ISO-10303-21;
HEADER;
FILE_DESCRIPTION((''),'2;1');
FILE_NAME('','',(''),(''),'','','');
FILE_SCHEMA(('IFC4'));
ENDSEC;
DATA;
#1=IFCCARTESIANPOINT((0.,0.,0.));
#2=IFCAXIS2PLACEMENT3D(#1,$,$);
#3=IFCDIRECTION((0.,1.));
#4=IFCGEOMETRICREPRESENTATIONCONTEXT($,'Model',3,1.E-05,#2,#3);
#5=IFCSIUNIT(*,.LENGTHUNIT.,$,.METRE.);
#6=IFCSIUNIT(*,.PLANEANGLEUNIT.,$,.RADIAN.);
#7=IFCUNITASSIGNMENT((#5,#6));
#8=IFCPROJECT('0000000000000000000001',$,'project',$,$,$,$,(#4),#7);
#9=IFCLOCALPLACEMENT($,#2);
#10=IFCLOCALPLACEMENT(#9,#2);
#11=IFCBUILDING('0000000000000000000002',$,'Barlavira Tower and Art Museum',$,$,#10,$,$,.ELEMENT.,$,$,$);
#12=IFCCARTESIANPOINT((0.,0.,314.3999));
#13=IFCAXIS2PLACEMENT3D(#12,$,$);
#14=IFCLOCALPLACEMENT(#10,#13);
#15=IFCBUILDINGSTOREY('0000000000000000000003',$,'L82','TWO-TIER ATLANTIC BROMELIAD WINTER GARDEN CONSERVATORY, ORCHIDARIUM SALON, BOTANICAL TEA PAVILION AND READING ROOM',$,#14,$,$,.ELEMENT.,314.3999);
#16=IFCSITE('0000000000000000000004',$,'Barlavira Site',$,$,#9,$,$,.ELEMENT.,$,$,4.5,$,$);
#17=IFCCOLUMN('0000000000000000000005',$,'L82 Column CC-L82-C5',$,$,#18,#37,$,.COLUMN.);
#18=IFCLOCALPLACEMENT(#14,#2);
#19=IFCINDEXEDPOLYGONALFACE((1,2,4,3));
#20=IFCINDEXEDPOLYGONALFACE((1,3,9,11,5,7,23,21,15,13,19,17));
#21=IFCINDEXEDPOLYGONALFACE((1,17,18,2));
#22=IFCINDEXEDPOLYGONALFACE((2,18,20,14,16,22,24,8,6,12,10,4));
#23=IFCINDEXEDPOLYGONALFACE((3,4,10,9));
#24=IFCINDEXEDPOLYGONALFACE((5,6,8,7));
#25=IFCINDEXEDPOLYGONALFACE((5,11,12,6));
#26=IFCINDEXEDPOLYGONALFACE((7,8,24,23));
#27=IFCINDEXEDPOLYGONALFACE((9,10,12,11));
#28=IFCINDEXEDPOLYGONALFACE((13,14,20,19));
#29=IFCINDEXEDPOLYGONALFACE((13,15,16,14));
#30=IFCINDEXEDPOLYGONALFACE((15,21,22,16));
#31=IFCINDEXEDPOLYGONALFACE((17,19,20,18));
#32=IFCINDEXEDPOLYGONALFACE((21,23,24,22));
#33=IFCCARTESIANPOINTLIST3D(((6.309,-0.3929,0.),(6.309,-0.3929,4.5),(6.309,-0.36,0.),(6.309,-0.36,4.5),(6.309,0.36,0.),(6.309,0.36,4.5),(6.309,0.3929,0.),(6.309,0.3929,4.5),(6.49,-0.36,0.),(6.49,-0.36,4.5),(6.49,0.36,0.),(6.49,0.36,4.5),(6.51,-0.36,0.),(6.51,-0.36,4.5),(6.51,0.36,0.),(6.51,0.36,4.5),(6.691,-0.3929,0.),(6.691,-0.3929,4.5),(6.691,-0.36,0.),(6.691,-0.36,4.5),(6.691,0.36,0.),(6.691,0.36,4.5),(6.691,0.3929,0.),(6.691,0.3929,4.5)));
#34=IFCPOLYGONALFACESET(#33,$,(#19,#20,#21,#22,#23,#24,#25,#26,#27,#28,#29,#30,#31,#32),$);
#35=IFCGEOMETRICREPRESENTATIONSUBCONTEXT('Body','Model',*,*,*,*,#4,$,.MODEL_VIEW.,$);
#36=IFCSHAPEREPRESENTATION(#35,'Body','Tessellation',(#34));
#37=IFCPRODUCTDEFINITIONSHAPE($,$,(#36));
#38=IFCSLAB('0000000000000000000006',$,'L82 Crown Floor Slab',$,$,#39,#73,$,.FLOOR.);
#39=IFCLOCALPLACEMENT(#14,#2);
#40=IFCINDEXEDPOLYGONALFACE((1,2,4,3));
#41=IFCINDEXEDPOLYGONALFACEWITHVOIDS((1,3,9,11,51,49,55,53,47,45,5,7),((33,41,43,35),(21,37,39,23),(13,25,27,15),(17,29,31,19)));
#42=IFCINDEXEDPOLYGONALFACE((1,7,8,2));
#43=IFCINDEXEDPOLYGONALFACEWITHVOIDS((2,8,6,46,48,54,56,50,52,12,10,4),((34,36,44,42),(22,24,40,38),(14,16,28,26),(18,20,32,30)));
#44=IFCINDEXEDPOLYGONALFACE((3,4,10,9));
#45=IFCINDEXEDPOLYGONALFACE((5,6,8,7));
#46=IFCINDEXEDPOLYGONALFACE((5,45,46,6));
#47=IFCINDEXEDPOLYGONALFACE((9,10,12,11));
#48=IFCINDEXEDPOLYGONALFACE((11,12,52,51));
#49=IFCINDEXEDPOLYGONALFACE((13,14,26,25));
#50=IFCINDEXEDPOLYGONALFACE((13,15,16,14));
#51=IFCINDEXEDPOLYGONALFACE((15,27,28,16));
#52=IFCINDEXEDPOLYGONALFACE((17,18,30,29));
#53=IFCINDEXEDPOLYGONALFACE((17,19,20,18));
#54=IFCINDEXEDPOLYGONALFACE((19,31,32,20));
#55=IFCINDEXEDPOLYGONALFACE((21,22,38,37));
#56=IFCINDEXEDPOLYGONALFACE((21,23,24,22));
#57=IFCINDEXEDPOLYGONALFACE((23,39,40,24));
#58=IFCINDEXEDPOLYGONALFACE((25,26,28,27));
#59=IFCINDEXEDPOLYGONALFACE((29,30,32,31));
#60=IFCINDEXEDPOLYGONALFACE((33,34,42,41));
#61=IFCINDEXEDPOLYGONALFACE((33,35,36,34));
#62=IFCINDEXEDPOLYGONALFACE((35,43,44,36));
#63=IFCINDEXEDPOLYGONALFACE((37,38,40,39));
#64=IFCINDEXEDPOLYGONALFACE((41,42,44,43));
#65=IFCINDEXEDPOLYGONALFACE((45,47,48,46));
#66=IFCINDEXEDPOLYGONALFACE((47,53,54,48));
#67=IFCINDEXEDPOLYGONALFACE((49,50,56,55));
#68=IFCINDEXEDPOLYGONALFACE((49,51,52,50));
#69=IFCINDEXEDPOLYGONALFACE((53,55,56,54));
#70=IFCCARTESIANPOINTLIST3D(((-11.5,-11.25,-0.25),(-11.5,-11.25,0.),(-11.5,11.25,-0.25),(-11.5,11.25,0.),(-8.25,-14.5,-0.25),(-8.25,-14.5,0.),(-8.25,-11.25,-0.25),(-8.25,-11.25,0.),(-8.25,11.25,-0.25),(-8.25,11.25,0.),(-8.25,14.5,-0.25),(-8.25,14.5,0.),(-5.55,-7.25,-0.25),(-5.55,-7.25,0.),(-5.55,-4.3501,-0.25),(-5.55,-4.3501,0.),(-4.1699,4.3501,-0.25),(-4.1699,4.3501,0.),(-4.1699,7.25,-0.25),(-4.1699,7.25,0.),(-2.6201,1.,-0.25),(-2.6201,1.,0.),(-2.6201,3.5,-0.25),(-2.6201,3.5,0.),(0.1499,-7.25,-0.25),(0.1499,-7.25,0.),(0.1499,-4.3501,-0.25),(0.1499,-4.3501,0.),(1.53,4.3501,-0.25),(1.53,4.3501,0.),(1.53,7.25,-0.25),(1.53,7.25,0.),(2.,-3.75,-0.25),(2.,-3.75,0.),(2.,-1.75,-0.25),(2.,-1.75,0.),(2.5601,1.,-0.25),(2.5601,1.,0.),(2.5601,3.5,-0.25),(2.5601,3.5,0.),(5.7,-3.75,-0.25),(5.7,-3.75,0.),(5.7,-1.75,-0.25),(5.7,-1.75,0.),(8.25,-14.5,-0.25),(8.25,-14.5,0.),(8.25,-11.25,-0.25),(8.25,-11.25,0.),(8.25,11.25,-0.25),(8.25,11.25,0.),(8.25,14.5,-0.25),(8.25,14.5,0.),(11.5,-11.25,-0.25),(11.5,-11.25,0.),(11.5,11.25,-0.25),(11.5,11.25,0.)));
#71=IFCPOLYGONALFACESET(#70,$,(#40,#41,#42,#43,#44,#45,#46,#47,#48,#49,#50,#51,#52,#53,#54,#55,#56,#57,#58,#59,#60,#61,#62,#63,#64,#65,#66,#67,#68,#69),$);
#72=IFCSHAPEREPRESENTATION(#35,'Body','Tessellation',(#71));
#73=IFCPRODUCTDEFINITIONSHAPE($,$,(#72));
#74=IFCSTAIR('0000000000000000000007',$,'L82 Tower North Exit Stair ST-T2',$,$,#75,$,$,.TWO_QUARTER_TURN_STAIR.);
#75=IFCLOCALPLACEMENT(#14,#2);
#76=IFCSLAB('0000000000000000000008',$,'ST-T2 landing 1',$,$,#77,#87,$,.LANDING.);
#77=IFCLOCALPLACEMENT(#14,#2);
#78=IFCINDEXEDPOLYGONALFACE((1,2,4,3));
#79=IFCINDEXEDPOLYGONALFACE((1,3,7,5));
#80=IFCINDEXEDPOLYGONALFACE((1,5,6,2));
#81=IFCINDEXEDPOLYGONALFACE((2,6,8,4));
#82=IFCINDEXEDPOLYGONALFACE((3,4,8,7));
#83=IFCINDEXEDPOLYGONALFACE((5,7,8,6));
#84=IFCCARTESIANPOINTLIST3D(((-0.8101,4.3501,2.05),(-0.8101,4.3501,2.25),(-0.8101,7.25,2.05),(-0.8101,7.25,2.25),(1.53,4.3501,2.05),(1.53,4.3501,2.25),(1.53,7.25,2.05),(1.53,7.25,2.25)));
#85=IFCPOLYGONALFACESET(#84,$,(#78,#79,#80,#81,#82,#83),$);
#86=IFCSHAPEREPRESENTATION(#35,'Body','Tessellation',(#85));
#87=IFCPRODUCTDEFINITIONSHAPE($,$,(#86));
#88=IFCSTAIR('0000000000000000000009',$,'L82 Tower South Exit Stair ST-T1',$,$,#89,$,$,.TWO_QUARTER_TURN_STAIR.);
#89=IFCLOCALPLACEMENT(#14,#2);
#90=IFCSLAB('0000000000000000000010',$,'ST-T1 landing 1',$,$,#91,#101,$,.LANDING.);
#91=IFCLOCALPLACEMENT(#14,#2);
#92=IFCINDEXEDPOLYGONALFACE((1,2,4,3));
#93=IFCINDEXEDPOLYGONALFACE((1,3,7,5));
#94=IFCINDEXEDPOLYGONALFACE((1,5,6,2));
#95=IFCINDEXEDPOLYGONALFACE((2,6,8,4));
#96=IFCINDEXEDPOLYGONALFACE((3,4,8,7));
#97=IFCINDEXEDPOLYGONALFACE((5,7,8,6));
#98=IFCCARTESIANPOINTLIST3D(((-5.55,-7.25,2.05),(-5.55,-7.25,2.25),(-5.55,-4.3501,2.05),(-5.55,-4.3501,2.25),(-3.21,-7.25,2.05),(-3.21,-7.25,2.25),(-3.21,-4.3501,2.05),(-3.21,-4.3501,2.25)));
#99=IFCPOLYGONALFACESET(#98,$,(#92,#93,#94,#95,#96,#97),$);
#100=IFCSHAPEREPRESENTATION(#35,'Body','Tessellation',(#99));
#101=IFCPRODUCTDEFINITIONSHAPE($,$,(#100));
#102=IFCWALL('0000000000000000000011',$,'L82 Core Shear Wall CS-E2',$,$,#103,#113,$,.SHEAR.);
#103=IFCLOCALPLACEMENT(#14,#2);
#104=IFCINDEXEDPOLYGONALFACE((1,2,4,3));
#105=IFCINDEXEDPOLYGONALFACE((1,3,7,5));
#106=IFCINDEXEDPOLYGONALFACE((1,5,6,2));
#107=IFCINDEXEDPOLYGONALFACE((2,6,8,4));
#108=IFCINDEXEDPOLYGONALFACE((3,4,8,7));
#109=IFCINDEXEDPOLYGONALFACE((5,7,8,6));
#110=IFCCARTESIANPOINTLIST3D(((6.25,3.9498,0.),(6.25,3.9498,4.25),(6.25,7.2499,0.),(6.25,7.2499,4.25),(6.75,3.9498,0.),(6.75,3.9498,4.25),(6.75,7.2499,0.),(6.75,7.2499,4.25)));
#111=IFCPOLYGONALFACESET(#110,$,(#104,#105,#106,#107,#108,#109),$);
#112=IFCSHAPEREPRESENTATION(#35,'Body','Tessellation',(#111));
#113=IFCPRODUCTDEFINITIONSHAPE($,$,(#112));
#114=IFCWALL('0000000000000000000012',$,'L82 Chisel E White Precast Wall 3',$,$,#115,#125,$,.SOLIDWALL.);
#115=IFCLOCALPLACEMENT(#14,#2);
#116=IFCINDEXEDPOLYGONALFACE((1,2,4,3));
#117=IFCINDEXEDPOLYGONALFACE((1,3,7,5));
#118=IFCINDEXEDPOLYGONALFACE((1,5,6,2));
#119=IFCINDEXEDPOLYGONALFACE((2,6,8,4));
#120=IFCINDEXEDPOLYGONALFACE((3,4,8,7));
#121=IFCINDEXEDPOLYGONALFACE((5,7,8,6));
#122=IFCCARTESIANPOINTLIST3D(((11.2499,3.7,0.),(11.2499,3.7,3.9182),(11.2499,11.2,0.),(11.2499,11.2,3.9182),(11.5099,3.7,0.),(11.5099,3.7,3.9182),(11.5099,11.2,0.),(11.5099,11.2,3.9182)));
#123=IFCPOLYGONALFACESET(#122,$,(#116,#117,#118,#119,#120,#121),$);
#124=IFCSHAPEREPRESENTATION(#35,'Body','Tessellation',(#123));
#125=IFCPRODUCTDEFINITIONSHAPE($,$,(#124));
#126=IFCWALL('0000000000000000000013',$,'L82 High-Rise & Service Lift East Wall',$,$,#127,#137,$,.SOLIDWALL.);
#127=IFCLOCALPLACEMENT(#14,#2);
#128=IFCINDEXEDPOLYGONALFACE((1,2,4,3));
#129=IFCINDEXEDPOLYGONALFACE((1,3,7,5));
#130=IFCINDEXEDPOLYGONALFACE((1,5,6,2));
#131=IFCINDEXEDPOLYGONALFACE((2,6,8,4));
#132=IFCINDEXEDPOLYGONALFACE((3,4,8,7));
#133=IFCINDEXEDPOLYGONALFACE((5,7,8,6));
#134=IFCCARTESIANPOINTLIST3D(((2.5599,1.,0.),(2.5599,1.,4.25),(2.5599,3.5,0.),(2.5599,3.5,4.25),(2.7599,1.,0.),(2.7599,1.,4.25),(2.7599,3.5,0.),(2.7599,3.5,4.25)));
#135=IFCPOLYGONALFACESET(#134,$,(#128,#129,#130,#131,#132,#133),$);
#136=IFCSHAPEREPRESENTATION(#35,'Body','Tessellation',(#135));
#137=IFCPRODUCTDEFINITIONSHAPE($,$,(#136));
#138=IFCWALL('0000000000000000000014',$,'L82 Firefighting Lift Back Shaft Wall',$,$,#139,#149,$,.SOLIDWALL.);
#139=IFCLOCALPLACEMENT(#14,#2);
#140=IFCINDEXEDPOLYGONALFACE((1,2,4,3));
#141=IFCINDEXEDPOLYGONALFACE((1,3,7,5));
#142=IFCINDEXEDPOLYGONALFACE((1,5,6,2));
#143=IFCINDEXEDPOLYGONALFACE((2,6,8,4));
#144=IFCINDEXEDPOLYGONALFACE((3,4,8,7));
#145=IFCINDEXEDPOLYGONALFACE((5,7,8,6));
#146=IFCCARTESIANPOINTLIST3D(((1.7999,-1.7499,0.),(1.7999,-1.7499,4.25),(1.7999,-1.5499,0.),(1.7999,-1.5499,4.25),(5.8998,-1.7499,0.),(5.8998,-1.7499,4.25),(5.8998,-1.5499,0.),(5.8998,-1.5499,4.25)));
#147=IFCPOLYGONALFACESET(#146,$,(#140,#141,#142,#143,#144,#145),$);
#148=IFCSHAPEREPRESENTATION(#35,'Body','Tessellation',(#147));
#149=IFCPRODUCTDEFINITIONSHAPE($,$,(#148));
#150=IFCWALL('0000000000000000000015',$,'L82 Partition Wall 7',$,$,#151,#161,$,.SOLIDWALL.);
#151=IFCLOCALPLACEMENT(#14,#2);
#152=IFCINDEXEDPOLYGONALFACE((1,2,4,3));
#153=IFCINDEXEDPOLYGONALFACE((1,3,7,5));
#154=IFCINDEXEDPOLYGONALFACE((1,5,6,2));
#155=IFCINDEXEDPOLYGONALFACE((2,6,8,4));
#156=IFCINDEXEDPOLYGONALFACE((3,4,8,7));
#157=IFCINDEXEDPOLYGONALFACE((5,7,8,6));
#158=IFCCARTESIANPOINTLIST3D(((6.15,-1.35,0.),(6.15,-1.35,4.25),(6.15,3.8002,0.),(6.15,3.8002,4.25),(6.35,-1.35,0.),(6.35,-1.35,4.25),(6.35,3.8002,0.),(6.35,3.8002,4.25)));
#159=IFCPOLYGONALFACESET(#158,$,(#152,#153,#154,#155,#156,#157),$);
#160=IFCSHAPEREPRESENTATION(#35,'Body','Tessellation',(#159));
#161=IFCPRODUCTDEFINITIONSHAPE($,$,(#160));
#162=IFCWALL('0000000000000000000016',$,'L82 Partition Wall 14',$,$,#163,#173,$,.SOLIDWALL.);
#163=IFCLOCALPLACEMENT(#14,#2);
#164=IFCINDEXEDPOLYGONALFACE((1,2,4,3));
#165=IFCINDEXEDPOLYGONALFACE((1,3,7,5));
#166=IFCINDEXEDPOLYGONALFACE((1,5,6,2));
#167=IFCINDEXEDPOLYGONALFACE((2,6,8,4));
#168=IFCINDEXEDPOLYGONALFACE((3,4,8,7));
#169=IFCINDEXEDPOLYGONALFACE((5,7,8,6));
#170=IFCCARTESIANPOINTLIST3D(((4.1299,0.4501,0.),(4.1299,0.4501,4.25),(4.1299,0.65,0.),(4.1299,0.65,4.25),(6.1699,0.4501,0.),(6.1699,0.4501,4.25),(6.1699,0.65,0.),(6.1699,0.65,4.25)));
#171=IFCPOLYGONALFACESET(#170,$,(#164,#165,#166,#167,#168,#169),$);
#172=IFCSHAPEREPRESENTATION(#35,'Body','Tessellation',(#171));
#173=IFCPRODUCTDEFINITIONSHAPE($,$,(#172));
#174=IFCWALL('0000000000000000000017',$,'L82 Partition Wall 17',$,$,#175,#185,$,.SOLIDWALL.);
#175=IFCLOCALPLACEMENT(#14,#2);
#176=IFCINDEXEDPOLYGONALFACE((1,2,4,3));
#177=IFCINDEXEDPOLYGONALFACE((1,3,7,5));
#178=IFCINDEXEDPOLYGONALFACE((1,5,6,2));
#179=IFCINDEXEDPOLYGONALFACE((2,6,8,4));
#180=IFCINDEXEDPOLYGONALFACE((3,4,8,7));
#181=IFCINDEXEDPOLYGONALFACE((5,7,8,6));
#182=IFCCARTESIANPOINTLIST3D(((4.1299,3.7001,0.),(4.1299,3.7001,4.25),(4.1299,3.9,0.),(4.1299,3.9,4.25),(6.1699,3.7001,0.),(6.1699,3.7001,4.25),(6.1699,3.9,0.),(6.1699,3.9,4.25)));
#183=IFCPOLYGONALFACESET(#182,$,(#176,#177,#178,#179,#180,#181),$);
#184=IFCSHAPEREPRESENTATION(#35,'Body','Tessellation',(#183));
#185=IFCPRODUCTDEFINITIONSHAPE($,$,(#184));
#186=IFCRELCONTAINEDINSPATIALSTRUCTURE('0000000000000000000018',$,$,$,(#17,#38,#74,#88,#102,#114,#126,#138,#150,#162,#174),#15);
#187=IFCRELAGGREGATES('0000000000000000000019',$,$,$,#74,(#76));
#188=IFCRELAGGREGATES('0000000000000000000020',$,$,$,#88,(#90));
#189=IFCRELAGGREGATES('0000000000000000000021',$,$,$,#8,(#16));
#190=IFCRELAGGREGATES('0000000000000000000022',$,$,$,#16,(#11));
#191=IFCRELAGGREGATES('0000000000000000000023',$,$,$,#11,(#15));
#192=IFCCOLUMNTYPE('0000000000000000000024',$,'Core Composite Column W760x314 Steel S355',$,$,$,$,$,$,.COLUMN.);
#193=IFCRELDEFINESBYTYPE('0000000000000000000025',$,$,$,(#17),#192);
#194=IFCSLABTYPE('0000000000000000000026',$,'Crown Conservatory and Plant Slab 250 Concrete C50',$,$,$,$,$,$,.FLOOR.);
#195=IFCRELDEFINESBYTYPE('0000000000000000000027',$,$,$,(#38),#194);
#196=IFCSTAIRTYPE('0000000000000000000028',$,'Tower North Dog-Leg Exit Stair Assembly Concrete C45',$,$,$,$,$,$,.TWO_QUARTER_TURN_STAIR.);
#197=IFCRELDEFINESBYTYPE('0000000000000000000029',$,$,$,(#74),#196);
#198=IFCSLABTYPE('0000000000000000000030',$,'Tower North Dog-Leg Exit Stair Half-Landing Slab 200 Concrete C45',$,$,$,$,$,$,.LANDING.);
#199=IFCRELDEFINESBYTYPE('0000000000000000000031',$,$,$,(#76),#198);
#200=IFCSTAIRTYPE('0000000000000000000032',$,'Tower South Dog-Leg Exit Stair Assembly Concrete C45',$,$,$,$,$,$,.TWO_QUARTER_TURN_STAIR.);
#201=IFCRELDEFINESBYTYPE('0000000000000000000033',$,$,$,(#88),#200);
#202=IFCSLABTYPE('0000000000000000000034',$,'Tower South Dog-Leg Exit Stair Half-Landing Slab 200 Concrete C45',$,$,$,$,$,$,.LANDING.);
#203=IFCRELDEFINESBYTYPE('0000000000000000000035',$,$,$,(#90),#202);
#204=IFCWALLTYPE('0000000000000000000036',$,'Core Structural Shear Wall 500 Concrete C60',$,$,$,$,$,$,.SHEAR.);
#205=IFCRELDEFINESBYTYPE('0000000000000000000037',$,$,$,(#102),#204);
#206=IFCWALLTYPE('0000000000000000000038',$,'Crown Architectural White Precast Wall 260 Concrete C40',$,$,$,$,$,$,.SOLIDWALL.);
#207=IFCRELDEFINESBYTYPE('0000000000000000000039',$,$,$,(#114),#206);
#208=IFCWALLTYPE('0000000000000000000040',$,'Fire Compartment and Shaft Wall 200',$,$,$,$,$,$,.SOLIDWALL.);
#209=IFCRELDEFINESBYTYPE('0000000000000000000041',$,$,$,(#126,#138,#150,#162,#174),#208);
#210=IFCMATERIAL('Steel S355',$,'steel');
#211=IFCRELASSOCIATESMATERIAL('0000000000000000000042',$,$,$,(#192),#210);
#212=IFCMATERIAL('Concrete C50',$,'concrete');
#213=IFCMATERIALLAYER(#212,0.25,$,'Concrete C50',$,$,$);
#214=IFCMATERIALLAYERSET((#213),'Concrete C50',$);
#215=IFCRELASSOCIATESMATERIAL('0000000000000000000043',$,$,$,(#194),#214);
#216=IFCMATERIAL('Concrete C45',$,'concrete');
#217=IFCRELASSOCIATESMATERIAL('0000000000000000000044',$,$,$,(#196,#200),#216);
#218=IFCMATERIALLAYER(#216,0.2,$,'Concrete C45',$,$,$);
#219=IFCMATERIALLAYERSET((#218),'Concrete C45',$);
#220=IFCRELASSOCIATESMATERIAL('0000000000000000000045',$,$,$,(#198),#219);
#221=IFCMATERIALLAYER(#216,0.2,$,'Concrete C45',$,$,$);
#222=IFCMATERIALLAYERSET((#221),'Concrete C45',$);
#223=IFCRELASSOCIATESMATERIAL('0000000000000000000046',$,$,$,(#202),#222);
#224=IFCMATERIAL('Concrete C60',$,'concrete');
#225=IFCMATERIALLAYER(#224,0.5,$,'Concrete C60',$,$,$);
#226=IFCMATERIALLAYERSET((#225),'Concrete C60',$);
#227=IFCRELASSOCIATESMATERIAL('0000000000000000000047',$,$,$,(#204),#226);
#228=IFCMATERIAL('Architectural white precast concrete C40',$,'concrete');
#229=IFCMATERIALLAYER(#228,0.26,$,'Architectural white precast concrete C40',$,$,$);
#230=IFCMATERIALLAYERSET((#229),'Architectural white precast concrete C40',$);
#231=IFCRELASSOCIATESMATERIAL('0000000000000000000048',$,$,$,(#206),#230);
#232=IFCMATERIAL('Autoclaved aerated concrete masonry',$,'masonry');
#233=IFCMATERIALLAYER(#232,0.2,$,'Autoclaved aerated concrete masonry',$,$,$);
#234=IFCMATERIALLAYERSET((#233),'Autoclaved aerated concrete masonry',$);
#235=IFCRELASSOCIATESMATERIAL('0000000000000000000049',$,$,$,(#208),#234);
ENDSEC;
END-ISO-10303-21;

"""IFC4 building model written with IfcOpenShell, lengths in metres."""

from ifc_helpers import new_model, si_unit, direction, frame, frame_2d, origin, origin_2d, place, context, subcontext, project, spatial, polyline, rectangle, i_section, outline, extrude, material, layer, layer_set, material_profile, profile_set, type_object, element, aggregate, save


model = new_model("IFC4")

# Units and contexts
model_context = context("Model", 3, precision=1e-05, world=origin(), true_north=direction((0.0, 1.0)))
body_context = subcontext(model_context, "Body", "Model", "MODEL_VIEW")
ifc_project = project(units=[si_unit("LENGTHUNIT", "METRE"), si_unit("PLANEANGLEUNIT", "RADIAN")], contexts=[model_context])

# Site, building, storey
site_placement = place(None, origin())
site = spatial("IfcSite", under=ifc_project, at=site_placement, Name="Barlavira Site", CompositionType="ELEMENT", RefElevation=4.5)
building_placement = place(site_placement, origin())
building = spatial("IfcBuilding", under=site, at=building_placement, Name="Barlavira Tower and Art Museum", CompositionType="ELEMENT")
storey_placement = place(building_placement, frame((0.0, 0.0, 314.3999)))
storey = spatial("IfcBuildingStorey", under=building, at=storey_placement, Name="L82", Description="TWO-TIER ATLANTIC BROMELIAD WINTER GARDEN CONSERVATORY, ORCHIDARIUM SALON, BOTANICAL TEA PAVILION AND READING ROOM", CompositionType="ELEMENT", Elevation=314.3999)

# Column
ifc_material_1 = material(Name="Steel S355", Category="steel")
ifc_material_profile = material_profile(ifc_material_1, i_section(OverallWidth=0.3821, OverallDepth=0.7859, WebThickness=0.02, FlangeThickness=0.033, at=origin_2d()), Name="W760x314.0")
ifc_profile_set = profile_set([ifc_material_profile], Name="Steel S355")
column_type = type_object("IfcColumnType", Name="Core Composite Column W760x314 Steel S355", PredefinedType="COLUMN", material=ifc_profile_set)
column_placement = place(storey_placement, frame((6.5, 0.0, 0.0), z_axis=(0.0, 0.0, 1.0), x_axis=(1.0, 0.0, 0.0)))
element("IfcColumn", 1, at=column_placement, inside=storey, type_object=column_type, Name="L82 Column CC-L82-C5", PredefinedType="COLUMN", context=body_context, shape_type="SweptSolid", body=[
    extrude(i_section(OverallWidth=0.3821, OverallDepth=0.7859, WebThickness=0.02, FlangeThickness=0.033, at=origin_2d()), origin(), (0.0, 0.0, 1.0), 4.5),
])

# Slab
ifc_material_2 = material(Name="Concrete C50", Category="concrete")
ifc_layer_1 = layer(ifc_material_2, 0.25, Name="Concrete C50")
ifc_layer_set_1 = layer_set([ifc_layer_1], Name="Concrete C50")
slab_type_1 = type_object("IfcSlabType", Name="Crown Conservatory and Plant Slab 250 Concrete C50", PredefinedType="FLOOR", material=ifc_layer_set_1)
slab_1_placement = place(storey_placement, frame((0.0, 0.0, -0.25)))
element("IfcSlab", 2, at=slab_1_placement, inside=storey, type_object=slab_type_1, Name="L82 Crown Floor Slab", PredefinedType="FLOOR", context=body_context, shape_type="SweptSolid", body=[
    extrude(outline(polyline([(-8.25, -14.5), (8.25, -14.5), (8.25, -11.25), (11.5, -11.25), (11.5, 11.25), (8.25, 11.25), (8.25, 14.5), (-8.25, 14.5), (-8.25, 11.25), (-11.5, 11.25), (-11.5, -11.25), (-8.25, -11.25), (-8.25, -14.5)]), holes=[polyline([(0.1499, -4.3501), (-5.55, -4.3501), (-5.55, -7.25), (0.1499, -7.25), (0.1499, -4.3501)]), polyline([(-4.1699, 4.3501), (1.53, 4.3501), (1.53, 7.25), (-4.1699, 7.25), (-4.1699, 4.3501)]), polyline([(-2.6201, 1.0), (2.5601, 1.0), (2.5601, 3.5), (-2.6201, 3.5), (-2.6201, 1.0)]), polyline([(2.0, -3.75), (5.7, -3.75), (5.7, -1.75), (2.0, -1.75), (2.0, -3.75)])]), origin(), (0.0, 0.0, 1.0), 0.25),
])

# Stairs, slabs
ifc_material_3 = material(Name="Concrete C45", Category="concrete")
stair_type_1 = type_object("IfcStairType", Name="Tower North Dog-Leg Exit Stair Assembly Concrete C45", PredefinedType="TWO_QUARTER_TURN_STAIR", material=ifc_material_3)
stair_1_placement = place(storey_placement, origin())
stair_1 = element("IfcStair", 3, at=stair_1_placement, inside=storey, type_object=stair_type_1, Name="L82 Tower North Exit Stair ST-T2", PredefinedType="TWO_QUARTER_TURN_STAIR")
ifc_layer_2 = layer(ifc_material_3, 0.2, Name="Concrete C45")
ifc_layer_set_2 = layer_set([ifc_layer_2], Name="Concrete C45")
slab_type_2 = type_object("IfcSlabType", Name="Tower North Dog-Leg Exit Stair Half-Landing Slab 200 Concrete C45", PredefinedType="LANDING", material=ifc_layer_set_2)
slab_2_placement = place(storey_placement, frame((0.0, 0.0, 2.05)))
slab_2 = element("IfcSlab", 4, at=slab_2_placement, type_object=slab_type_2, Name="ST-T2 landing 1", PredefinedType="LANDING", context=body_context, shape_type="SweptSolid", body=[
    extrude(outline(polyline([(-0.8101, 4.3501), (1.53, 4.3501), (1.53, 7.25), (-0.8101, 7.25), (-0.8101, 4.3501)])), origin(), (0.0, 0.0, 1.0), 0.2),
])
aggregate(stair_1, [slab_2])
stair_type_2 = type_object("IfcStairType", Name="Tower South Dog-Leg Exit Stair Assembly Concrete C45", PredefinedType="TWO_QUARTER_TURN_STAIR", material=ifc_material_3)
stair_2_placement = place(storey_placement, origin())
stair_2 = element("IfcStair", 5, at=stair_2_placement, inside=storey, type_object=stair_type_2, Name="L82 Tower South Exit Stair ST-T1", PredefinedType="TWO_QUARTER_TURN_STAIR")
ifc_layer_3 = layer(ifc_material_3, 0.2, Name="Concrete C45")
ifc_layer_set_3 = layer_set([ifc_layer_3], Name="Concrete C45")
slab_type_3 = type_object("IfcSlabType", Name="Tower South Dog-Leg Exit Stair Half-Landing Slab 200 Concrete C45", PredefinedType="LANDING", material=ifc_layer_set_3)
slab_3_placement = place(storey_placement, frame((0.0, 0.0, 2.05)))
slab_3 = element("IfcSlab", 6, at=slab_3_placement, type_object=slab_type_3, Name="ST-T1 landing 1", PredefinedType="LANDING", context=body_context, shape_type="SweptSolid", body=[
    extrude(outline(polyline([(-3.21, -4.3501), (-5.55, -4.3501), (-5.55, -7.25), (-3.21, -7.25), (-3.21, -4.3501)])), origin(), (0.0, 0.0, 1.0), 0.2),
])
aggregate(stair_2, [slab_3])

# Walls
ifc_material_4 = material(Name="Concrete C60", Category="concrete")
ifc_layer_4 = layer(ifc_material_4, 0.5, Name="Concrete C60")
ifc_layer_set_4 = layer_set([ifc_layer_4], Name="Concrete C60")
wall_type_1 = type_object("IfcWallType", Name="Core Structural Shear Wall 500 Concrete C60", PredefinedType="SHEAR", material=ifc_layer_set_4)
wall_1_placement = place(storey_placement, frame((6.5, 3.95, 0.0), z_axis=(0.0, 0.0, 1.0), x_axis=(0.0, 1.0, 0.0)))
element("IfcWall", 7, at=wall_1_placement, inside=storey, type_object=wall_type_1, Name="L82 Core Shear Wall CS-E2", PredefinedType="SHEAR", context=body_context, shape_type="SweptSolid", body=[
    extrude(rectangle(XDim=3.3, YDim=0.5, at=frame_2d((1.6499, 0.0))), origin(), (0.0, 0.0, 1.0), 4.25),
])
ifc_material_5 = material(Name="Architectural white precast concrete C40", Category="concrete")
ifc_layer_5 = layer(ifc_material_5, 0.26, Name="Architectural white precast concrete C40")
ifc_layer_set_5 = layer_set([ifc_layer_5], Name="Architectural white precast concrete C40")
wall_type_2 = type_object("IfcWallType", Name="Crown Architectural White Precast Wall 260 Concrete C40", PredefinedType="SOLIDWALL", material=ifc_layer_set_5)
wall_2_placement = place(storey_placement, frame((11.3799, 3.7, 0.0), z_axis=(0.0, 0.0, 1.0), x_axis=(0.0, 1.0, 0.0)))
element("IfcWall", 8, at=wall_2_placement, inside=storey, type_object=wall_type_2, Name="L82 Chisel E White Precast Wall 3", PredefinedType="SOLIDWALL", context=body_context, shape_type="SweptSolid", body=[
    extrude(rectangle(XDim=7.5, YDim=0.26, at=frame_2d((3.75, 0.0))), origin(), (0.0, 0.0, 1.0), 3.9182),
])
ifc_material_6 = material(Name="Autoclaved aerated concrete masonry", Category="masonry")
ifc_layer_6 = layer(ifc_material_6, 0.2, Name="Autoclaved aerated concrete masonry")
ifc_layer_set_6 = layer_set([ifc_layer_6], Name="Autoclaved aerated concrete masonry")
wall_type_3 = type_object("IfcWallType", Name="Fire Compartment and Shaft Wall 200", PredefinedType="SOLIDWALL", material=ifc_layer_set_6)
wall_3_placement = place(storey_placement, frame((2.6599, 1.0, 0.0), z_axis=(0.0, 0.0, 1.0), x_axis=(0.0, 1.0, 0.0)))
element("IfcWall", 9, at=wall_3_placement, inside=storey, type_object=wall_type_3, Name="L82 High-Rise & Service Lift East Wall", PredefinedType="SOLIDWALL", context=body_context, shape_type="SweptSolid", body=[
    extrude(rectangle(XDim=2.5, YDim=0.2, at=frame_2d((1.25, 0.0))), origin(), (0.0, 0.0, 1.0), 4.25),
])
wall_4_placement = place(storey_placement, frame((1.8, -1.6499, 0.0), z_axis=(0.0, 0.0, 1.0), x_axis=(1.0, 0.0, 0.0)))
element("IfcWall", 10, at=wall_4_placement, inside=storey, type_object=wall_type_3, Name="L82 Firefighting Lift Back Shaft Wall", PredefinedType="SOLIDWALL", context=body_context, shape_type="SweptSolid", body=[
    extrude(rectangle(XDim=4.0999, YDim=0.2, at=frame_2d((2.0498, 0.0))), origin(), (0.0, 0.0, 1.0), 4.25),
])

# Walls
wall_5_placement = place(storey_placement, frame((6.25, -1.3501, 0.0), z_axis=(0.0, 0.0, 1.0), x_axis=(0.0, 1.0, 0.0)))
element("IfcWall", 11, at=wall_5_placement, inside=storey, type_object=wall_type_3, Name="L82 Partition Wall 7", PredefinedType="SOLIDWALL", context=body_context, shape_type="SweptSolid", body=[
    extrude(rectangle(XDim=5.1501, YDim=0.2, at=frame_2d((2.5752, 0.0))), origin(), (0.0, 0.0, 1.0), 4.25),
])
for number, where, z_axis, x_axis, name in (
    (12, (4.1299, 0.55, 0.0), (0.0, 0.0, 1.0), (1.0, 0.0, 0.0), "L82 Partition Wall 14"),
    (13, (4.1299, 3.8, 0.0), (0.0, 0.0, 1.0), (1.0, 0.0, 0.0), "L82 Partition Wall 17"),
):
    element("IfcWall", number, at=place(storey_placement, frame(where, z_axis=z_axis, x_axis=x_axis)), inside=storey, type_object=wall_type_3, Name=name, PredefinedType="SOLIDWALL", context=body_context, shape_type="SweptSolid", body=[
        extrude(rectangle(XDim=2.04, YDim=0.2, at=frame_2d((1.02, 0.0))), origin(), (0.0, 0.0, 1.0), 4.25),
    ])

save(model, "model.ifc")
